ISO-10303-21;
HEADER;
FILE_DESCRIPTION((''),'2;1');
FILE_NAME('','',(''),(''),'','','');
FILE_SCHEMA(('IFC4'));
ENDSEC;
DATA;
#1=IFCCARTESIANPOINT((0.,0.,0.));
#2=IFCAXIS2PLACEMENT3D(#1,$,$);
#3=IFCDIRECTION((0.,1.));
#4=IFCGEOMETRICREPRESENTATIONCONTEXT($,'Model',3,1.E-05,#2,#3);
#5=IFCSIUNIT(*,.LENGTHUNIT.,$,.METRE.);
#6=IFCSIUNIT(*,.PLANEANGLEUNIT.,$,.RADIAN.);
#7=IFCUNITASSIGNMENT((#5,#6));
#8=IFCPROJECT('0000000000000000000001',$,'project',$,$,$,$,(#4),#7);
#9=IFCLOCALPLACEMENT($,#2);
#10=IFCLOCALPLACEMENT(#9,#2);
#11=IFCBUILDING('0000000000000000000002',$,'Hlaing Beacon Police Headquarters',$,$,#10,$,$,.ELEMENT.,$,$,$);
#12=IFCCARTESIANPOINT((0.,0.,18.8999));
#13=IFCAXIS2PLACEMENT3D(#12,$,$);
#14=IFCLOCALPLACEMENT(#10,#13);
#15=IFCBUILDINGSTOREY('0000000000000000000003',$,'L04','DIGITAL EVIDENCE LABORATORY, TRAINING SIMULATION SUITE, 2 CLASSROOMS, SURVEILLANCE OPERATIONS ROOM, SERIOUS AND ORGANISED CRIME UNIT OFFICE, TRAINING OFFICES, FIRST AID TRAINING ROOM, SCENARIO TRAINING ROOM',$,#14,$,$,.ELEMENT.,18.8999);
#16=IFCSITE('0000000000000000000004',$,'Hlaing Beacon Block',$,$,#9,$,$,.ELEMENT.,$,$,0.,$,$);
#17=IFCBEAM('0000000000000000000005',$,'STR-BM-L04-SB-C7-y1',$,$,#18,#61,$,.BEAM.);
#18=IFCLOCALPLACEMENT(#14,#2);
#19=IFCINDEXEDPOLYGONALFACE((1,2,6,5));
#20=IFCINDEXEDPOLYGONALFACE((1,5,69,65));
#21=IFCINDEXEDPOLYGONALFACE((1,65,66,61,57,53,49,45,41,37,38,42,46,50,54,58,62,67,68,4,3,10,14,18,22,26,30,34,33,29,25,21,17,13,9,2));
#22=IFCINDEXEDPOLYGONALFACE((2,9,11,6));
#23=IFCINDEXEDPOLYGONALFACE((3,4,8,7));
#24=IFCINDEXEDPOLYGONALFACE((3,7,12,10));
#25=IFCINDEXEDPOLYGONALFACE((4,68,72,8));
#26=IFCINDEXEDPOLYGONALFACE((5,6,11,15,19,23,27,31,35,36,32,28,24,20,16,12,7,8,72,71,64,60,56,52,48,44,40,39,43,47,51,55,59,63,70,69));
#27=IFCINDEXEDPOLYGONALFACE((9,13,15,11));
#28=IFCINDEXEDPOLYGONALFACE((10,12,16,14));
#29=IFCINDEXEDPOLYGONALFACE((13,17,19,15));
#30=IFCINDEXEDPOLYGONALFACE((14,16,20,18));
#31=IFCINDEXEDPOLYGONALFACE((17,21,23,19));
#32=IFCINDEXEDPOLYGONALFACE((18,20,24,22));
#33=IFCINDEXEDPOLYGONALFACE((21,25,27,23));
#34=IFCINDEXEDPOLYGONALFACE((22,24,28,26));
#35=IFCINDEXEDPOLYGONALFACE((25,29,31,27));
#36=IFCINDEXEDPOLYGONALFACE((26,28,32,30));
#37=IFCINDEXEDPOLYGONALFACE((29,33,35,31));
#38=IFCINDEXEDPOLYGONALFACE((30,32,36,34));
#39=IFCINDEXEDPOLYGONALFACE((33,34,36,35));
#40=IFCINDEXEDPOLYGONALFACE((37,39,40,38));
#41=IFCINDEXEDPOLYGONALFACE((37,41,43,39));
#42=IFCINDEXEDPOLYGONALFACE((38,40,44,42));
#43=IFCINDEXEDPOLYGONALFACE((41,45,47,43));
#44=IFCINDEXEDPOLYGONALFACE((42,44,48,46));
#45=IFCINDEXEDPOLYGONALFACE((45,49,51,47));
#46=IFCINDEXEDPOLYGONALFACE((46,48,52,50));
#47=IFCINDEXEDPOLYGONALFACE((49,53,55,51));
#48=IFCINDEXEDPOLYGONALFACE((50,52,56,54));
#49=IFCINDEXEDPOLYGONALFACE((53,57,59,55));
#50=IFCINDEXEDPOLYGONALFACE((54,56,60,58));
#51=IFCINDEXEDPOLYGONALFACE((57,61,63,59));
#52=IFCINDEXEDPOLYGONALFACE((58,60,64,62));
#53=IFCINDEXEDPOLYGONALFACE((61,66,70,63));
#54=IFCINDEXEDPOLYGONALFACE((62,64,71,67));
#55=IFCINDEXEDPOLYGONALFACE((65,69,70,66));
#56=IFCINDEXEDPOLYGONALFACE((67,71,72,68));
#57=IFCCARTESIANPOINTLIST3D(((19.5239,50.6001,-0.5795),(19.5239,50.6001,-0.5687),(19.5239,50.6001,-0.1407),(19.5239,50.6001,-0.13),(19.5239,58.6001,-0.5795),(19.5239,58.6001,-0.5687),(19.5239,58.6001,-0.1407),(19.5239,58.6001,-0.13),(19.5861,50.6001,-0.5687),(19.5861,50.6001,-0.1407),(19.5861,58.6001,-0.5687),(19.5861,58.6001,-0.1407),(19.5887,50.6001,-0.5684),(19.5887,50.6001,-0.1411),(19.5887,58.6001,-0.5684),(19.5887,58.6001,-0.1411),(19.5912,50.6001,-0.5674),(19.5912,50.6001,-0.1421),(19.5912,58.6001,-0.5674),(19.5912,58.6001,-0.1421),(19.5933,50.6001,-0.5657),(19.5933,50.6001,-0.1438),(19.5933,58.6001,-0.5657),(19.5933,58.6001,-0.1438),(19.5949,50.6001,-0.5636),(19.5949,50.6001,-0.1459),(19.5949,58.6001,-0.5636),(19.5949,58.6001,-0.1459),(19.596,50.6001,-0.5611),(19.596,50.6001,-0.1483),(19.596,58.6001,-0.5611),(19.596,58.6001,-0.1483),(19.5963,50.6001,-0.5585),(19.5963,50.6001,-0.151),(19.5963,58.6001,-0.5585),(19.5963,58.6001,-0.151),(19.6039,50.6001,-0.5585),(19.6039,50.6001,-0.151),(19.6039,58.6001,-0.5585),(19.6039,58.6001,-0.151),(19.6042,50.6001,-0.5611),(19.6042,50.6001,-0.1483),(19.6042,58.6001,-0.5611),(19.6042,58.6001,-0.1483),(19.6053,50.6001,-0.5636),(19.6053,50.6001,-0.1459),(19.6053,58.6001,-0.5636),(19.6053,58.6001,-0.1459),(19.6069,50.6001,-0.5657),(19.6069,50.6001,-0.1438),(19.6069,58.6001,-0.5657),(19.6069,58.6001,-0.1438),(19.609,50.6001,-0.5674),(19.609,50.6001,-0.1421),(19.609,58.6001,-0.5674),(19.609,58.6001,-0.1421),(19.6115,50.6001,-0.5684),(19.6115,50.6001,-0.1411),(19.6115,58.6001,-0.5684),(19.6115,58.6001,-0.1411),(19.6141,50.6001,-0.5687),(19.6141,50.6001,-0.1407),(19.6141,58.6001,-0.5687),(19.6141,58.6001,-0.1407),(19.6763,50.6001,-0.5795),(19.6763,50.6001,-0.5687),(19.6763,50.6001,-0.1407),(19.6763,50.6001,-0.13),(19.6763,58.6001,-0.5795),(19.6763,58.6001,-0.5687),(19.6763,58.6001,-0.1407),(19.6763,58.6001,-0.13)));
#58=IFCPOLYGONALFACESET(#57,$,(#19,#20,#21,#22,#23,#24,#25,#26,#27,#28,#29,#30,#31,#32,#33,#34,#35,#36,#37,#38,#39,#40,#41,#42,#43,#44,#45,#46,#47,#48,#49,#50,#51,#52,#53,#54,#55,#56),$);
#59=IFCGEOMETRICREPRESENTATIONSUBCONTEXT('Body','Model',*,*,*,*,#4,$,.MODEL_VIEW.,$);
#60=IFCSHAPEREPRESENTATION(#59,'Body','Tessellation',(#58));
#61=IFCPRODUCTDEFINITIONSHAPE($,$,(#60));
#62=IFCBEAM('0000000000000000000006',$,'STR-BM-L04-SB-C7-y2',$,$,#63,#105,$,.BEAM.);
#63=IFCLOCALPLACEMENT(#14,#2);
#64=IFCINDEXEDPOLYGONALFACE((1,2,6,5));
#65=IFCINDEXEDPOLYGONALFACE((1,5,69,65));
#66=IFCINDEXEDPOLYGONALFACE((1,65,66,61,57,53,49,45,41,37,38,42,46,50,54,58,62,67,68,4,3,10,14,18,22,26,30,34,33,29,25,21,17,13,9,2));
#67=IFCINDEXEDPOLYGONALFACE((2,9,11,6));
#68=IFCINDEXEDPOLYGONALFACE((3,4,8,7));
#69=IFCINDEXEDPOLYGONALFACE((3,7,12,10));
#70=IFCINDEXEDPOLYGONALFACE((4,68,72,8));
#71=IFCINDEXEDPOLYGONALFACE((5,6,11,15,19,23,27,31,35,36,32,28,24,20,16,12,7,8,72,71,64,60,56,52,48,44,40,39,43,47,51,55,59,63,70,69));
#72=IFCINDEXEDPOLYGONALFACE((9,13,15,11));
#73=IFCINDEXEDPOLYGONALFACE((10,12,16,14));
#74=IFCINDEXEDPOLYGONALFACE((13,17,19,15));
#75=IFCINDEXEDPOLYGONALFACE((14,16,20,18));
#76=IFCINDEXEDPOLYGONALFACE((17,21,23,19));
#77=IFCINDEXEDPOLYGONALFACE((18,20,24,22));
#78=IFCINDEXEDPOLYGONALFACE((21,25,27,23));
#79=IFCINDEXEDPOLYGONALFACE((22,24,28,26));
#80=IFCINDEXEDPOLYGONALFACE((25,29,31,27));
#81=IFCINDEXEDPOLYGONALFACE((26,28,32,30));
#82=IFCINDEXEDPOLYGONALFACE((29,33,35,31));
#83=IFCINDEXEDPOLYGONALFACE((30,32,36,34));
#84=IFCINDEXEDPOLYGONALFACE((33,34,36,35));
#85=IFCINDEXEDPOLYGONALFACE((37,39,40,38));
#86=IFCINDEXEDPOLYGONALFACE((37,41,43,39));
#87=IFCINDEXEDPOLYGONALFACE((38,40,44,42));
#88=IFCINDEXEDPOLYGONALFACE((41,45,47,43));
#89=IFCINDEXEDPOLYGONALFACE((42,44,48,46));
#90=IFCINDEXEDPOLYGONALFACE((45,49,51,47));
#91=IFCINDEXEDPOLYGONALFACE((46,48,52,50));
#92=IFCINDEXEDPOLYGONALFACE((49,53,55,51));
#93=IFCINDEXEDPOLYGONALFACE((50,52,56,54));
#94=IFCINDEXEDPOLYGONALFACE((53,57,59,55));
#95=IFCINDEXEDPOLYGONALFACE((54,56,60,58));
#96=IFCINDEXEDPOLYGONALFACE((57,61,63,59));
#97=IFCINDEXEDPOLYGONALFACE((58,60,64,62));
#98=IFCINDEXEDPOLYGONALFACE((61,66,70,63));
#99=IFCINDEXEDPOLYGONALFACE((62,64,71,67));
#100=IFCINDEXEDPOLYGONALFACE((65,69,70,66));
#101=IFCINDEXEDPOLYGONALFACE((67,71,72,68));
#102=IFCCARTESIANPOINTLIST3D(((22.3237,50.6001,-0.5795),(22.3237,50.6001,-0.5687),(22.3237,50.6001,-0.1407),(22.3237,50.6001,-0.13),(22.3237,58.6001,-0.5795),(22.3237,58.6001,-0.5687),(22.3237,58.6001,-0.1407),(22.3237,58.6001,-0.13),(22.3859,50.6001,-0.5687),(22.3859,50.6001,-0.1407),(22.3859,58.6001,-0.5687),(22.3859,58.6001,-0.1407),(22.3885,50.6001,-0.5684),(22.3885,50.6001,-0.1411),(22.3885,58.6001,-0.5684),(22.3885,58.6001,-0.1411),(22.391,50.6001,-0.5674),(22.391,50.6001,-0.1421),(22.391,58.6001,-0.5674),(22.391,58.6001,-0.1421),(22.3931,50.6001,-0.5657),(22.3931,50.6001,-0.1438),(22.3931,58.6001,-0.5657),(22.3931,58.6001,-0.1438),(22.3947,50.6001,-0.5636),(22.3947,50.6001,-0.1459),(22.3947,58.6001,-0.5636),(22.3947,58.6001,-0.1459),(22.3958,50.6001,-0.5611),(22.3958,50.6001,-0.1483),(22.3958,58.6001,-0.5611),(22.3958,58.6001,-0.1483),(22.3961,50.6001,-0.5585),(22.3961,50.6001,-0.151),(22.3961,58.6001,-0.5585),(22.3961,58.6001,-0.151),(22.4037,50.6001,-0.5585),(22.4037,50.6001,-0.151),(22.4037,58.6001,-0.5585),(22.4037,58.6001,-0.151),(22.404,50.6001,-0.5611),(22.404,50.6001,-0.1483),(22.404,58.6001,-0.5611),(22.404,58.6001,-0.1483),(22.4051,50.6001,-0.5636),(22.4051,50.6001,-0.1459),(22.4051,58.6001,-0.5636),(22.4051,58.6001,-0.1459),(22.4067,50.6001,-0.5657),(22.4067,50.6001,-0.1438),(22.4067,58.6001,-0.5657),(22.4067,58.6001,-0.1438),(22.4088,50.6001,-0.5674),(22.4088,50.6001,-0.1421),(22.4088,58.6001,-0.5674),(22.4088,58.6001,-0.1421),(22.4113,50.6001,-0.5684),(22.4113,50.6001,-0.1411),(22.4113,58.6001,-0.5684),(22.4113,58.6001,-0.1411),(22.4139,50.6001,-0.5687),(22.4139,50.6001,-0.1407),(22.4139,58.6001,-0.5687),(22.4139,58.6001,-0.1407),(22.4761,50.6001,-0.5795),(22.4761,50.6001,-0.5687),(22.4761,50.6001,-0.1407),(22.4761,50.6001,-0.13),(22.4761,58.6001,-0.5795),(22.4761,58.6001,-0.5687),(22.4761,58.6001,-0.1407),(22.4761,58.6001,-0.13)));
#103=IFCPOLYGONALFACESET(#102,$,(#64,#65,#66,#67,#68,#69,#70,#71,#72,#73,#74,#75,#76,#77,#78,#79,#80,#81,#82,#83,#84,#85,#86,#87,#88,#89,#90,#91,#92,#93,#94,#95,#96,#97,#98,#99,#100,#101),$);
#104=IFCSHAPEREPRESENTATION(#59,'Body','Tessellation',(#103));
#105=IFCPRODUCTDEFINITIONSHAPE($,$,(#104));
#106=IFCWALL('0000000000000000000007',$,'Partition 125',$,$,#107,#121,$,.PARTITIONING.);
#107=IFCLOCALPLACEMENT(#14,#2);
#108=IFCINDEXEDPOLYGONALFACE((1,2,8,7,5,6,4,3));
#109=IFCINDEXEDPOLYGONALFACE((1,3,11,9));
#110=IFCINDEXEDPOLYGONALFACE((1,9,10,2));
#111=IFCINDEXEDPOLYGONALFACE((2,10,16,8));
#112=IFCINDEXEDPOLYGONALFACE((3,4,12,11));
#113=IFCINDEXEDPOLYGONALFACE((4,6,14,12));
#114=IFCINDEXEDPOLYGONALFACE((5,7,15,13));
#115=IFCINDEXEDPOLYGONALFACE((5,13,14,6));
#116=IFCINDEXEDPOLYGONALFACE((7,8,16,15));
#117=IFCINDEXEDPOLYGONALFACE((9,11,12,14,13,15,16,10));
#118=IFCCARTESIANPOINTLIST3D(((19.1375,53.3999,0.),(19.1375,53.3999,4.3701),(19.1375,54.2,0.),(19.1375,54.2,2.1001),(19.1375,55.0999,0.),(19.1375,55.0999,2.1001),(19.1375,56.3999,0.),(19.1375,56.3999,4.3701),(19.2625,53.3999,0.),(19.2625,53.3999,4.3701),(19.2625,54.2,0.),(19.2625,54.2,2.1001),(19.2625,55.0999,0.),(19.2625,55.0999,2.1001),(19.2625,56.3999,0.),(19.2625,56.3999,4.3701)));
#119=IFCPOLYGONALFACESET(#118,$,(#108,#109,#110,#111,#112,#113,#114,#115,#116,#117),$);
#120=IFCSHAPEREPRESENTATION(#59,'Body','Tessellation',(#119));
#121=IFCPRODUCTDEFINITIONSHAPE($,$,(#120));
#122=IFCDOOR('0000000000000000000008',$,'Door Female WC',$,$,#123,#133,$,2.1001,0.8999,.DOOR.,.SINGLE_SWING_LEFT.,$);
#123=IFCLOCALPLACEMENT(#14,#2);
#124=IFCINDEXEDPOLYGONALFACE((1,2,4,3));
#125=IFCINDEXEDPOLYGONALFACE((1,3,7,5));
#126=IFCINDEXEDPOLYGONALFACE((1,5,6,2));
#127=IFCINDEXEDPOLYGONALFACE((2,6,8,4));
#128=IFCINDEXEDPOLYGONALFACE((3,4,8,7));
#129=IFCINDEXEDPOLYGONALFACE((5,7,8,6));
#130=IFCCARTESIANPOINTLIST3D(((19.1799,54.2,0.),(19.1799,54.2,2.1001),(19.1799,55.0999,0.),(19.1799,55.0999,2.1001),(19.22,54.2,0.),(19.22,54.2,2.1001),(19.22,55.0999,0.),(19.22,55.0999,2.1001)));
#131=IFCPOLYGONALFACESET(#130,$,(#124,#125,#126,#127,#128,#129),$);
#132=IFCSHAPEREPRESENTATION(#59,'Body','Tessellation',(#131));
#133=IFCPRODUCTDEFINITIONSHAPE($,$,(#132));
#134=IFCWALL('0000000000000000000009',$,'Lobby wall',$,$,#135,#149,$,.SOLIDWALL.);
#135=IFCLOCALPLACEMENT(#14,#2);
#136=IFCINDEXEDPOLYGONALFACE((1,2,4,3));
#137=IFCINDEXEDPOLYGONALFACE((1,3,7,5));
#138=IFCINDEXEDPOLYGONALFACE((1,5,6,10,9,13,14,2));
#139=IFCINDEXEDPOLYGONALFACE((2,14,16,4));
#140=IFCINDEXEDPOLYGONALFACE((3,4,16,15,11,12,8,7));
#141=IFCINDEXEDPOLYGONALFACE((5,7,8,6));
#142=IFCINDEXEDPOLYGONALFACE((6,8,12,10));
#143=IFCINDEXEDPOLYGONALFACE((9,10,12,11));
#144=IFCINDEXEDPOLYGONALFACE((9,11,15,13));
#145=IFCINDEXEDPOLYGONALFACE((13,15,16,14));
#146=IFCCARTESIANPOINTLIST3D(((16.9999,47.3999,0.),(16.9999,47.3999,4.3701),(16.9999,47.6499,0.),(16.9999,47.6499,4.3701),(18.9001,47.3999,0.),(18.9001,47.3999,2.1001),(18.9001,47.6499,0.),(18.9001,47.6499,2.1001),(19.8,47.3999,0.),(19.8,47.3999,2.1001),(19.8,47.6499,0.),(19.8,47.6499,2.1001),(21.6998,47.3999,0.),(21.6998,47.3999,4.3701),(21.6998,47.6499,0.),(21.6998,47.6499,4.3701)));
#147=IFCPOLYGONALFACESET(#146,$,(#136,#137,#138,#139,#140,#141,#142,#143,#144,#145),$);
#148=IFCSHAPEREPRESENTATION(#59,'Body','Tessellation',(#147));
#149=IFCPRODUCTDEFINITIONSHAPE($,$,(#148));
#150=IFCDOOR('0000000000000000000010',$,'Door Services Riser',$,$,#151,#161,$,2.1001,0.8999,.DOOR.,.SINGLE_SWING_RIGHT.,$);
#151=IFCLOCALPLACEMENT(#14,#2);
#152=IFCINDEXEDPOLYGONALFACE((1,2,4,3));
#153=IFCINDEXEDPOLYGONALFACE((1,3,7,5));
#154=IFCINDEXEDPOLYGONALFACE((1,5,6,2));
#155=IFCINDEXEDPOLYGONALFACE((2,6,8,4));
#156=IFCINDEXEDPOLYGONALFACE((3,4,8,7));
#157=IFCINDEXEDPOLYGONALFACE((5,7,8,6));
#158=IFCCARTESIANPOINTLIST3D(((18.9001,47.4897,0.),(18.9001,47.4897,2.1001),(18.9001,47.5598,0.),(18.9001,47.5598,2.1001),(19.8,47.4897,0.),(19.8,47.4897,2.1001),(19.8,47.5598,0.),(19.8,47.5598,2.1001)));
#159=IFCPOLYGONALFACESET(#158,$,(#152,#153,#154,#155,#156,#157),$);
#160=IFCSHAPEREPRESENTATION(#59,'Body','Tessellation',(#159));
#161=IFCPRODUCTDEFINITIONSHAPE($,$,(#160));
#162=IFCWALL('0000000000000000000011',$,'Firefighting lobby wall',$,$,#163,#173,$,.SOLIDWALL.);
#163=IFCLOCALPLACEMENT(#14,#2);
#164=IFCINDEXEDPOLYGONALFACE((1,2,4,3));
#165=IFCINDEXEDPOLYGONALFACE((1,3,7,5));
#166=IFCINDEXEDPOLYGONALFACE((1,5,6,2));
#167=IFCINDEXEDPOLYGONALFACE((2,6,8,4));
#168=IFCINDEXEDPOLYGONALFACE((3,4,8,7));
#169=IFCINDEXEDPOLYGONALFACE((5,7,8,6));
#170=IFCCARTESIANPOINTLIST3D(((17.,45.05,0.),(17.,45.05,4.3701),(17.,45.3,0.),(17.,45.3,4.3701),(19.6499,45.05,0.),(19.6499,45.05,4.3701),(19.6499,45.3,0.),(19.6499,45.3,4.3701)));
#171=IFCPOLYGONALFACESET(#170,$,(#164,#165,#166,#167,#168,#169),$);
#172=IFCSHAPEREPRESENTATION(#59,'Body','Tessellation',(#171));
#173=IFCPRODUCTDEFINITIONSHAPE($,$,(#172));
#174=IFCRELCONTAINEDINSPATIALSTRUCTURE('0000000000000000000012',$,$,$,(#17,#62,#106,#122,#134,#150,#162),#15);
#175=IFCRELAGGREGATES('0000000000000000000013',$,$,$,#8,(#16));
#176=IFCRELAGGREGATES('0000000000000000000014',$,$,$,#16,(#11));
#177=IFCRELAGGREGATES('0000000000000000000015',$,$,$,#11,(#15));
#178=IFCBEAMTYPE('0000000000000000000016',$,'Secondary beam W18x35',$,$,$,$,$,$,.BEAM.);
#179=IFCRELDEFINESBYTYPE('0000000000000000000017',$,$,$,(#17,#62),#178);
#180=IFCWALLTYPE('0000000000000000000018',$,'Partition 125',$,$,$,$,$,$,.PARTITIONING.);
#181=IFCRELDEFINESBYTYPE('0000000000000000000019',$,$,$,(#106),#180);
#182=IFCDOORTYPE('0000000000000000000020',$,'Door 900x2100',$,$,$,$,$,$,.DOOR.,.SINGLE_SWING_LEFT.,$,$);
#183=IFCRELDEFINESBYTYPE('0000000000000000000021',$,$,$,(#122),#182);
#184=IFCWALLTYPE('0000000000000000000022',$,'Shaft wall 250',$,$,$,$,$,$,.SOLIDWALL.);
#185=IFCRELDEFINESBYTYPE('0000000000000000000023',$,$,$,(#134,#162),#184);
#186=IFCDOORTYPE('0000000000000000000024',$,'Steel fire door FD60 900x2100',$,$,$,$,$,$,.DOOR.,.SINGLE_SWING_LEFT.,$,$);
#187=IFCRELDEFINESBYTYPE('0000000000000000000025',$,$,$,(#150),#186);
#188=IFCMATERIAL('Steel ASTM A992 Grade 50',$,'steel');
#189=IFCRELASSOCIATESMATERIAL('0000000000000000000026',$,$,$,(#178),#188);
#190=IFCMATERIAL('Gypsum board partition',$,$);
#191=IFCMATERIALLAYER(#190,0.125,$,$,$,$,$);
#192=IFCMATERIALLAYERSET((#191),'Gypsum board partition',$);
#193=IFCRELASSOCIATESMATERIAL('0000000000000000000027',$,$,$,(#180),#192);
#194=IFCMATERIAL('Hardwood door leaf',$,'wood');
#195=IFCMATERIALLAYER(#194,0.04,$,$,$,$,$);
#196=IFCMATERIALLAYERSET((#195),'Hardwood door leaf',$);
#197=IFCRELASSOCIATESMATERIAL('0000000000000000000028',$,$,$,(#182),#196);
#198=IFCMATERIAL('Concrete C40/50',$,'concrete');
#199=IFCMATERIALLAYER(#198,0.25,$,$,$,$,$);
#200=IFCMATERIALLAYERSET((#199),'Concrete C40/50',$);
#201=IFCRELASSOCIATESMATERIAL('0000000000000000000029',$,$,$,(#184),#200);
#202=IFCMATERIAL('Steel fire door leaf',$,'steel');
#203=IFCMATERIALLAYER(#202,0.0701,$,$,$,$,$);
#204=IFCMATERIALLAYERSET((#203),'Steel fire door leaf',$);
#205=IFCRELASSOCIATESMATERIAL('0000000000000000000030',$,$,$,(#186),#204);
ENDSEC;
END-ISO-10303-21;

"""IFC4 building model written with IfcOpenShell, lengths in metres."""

from ifc_helpers import new_model, si_unit, direction, frame, frame_2d, origin, origin_2d, place, context, subcontext, project, spatial, rectangle, i_section, extrude, material, layer, layer_set, material_profile, profile_set, type_object, element, fill, save


model = new_model("IFC4")

# Units and contexts
model_context = context("Model", 3, precision=1e-05, world=origin(), true_north=direction((0.0, 1.0)))
body_context = subcontext(model_context, "Body", "Model", "MODEL_VIEW")
ifc_project = project(units=[si_unit("LENGTHUNIT", "METRE"), si_unit("PLANEANGLEUNIT", "RADIAN")], contexts=[model_context])

# Site, building, storey
site_placement = place(None, origin())
site = spatial("IfcSite", under=ifc_project, at=site_placement, Name="Hlaing Beacon Block", CompositionType="ELEMENT", RefElevation=0.0)
building_placement = place(site_placement, origin())
building = spatial("IfcBuilding", under=site, at=building_placement, Name="Hlaing Beacon Police Headquarters", CompositionType="ELEMENT")
storey_placement = place(building_placement, frame((0.0, 0.0, 18.8999)))
storey = spatial("IfcBuildingStorey", under=building, at=storey_placement, Name="L04", Description="DIGITAL EVIDENCE LABORATORY, TRAINING SIMULATION SUITE, 2 CLASSROOMS, SURVEILLANCE OPERATIONS ROOM, SERIOUS AND ORGANISED CRIME UNIT OFFICE, TRAINING OFFICES, FIRST AID TRAINING ROOM, SCENARIO TRAINING ROOM", CompositionType="ELEMENT", Elevation=18.8999)

# Beams
ifc_material_1 = material(Name="Steel ASTM A992 Grade 50", Category="steel")
ifc_material_profile = material_profile(ifc_material_1, i_section(OverallWidth=0.1523, OverallDepth=0.4495, WebThickness=0.0076, FlangeThickness=0.0107, FilletRadius=0.0103, at=origin_2d()), Name="W18x35")
ifc_profile_set = profile_set([ifc_material_profile], Name="Steel ASTM A992 Grade 50")
beam_type = type_object("IfcBeamType", Name="Secondary beam W18x35", PredefinedType="BEAM", material=ifc_profile_set)
for number, where, z_axis, x_axis, name in (
    (1, (19.6001, 50.6001, -0.3547), (0.0, 1.0, 0.0), (-1.0, 0.0, 0.0), "STR-BM-L04-SB-C7-y1"),
    (2, (22.3999, 50.6001, -0.3547), (0.0, 1.0, 0.0), (-1.0, 0.0, 0.0), "STR-BM-L04-SB-C7-y2"),
):
    element("IfcBeam", number, at=place(storey_placement, frame(where, z_axis=z_axis, x_axis=x_axis)), inside=storey, type_object=beam_type, Name=name, PredefinedType="BEAM", context=body_context, shape_type="SweptSolid", body=[
        extrude(i_section(OverallWidth=0.1523, OverallDepth=0.4495, WebThickness=0.0076, FlangeThickness=0.0107, FilletRadius=0.0103, at=origin_2d()), origin(), (0.0, 0.0, 1.0), 8.0),
    ])

# Walls, openings, doors
ifc_material_2 = material(Name="Gypsum board partition")
ifc_layer_1 = layer(ifc_material_2, 0.125)
ifc_layer_set_1 = layer_set([ifc_layer_1], Name="Gypsum board partition")
wall_type_1 = type_object("IfcWallType", Name="Partition 125", PredefinedType="PARTITIONING", material=ifc_layer_set_1)
wall_1_placement = place(storey_placement, frame((19.2, 53.3999, 0.0), z_axis=(0.0, 0.0, 1.0), x_axis=(0.0, 1.0, 0.0)))
wall_1 = element("IfcWall", 3, at=wall_1_placement, inside=storey, type_object=wall_type_1, Name="Partition 125", PredefinedType="PARTITIONING", context=body_context, shape_type="SweptSolid", body=[
    extrude(rectangle(XDim=3.0, YDim=0.125, at=frame_2d((1.5, 0.0))), origin(), (0.0, 0.0, 1.0), 4.3701),
])
opening_1_placement = place(wall_1_placement, frame((0.8, 0.0, 0.0)))
opening_1 = element("IfcOpeningElement", 4, at=opening_1_placement, cuts=wall_1, PredefinedType="OPENING", context=body_context, shape_type="SweptSolid", body=[
    extrude(rectangle(XDim=0.8999, YDim=2.1001, at=frame_2d((0.45, 1.05))), frame((0.0, 0.0725, 0.0), z_axis=(0.0, -1.0, 0.0), x_axis=(1.0, 0.0, 0.0)), (0.0, 0.0, 1.0), 0.145),
])
ifc_material_3 = material(Name="Hardwood door leaf", Category="wood")
ifc_layer_2 = layer(ifc_material_3, 0.04)
ifc_layer_set_2 = layer_set([ifc_layer_2], Name="Hardwood door leaf")
door_type_1 = type_object("IfcDoorType", Name="Door 900x2100", OperationType="SINGLE_SWING_LEFT", PredefinedType="DOOR", material=ifc_layer_set_2)
door_1_placement = place(opening_1_placement, frame((0.8999, 0.0, 0.0), z_axis=(0.0, 0.0, 1.0), x_axis=(-1.0, 0.0, 0.0)))
door_1 = element("IfcDoor", 5, at=door_1_placement, inside=storey, type_object=door_type_1, Name="Door Female WC", OperationType="SINGLE_SWING_LEFT", OverallHeight=2.1001, OverallWidth=0.8999, PredefinedType="DOOR", context=body_context, shape_type="SweptSolid", body=[
    extrude(rectangle(XDim=0.8999, YDim=2.1001, at=frame_2d((0.45, 1.05))), frame((0.0, 0.02, 0.0), z_axis=(0.0, -1.0, 0.0), x_axis=(1.0, 0.0, 0.0)), (0.0, 0.0, 1.0), 0.04),
])
fill(opening_1, door_1)
ifc_material_4 = material(Name="Concrete C40/50", Category="concrete")
ifc_layer_3 = layer(ifc_material_4, 0.25)
ifc_layer_set_3 = layer_set([ifc_layer_3], Name="Concrete C40/50")
wall_type_2 = type_object("IfcWallType", Name="Shaft wall 250", PredefinedType="SOLIDWALL", material=ifc_layer_set_3)
wall_2_placement = place(storey_placement, frame((21.7, 47.5249, 0.0), z_axis=(0.0, 0.0, 1.0), x_axis=(-1.0, 0.0, 0.0)))
wall_2 = element("IfcWall", 6, at=wall_2_placement, inside=storey, type_object=wall_type_2, Name="Lobby wall", PredefinedType="SOLIDWALL", context=body_context, shape_type="SweptSolid", body=[
    extrude(rectangle(XDim=4.7, YDim=0.25, at=frame_2d((2.3501, 0.0))), origin(), (0.0, 0.0, 1.0), 4.3701),
])
opening_2_placement = place(wall_2_placement, frame((1.8999, 0.0, 0.0)))
opening_2 = element("IfcOpeningElement", 7, at=opening_2_placement, cuts=wall_2, PredefinedType="OPENING", context=body_context, shape_type="SweptSolid", body=[
    extrude(rectangle(XDim=0.8999, YDim=2.1001, at=frame_2d((0.45, 1.05))), frame((0.0, 0.135, 0.0), z_axis=(0.0, -1.0, 0.0), x_axis=(1.0, 0.0, 0.0)), (0.0, 0.0, 1.0), 0.27),
])
ifc_material_5 = material(Name="Steel fire door leaf", Category="steel")
ifc_layer_4 = layer(ifc_material_5, 0.0701)
ifc_layer_set_4 = layer_set([ifc_layer_4], Name="Steel fire door leaf")
door_type_2 = type_object("IfcDoorType", Name="Steel fire door FD60 900x2100", OperationType="SINGLE_SWING_LEFT", PredefinedType="DOOR", material=ifc_layer_set_4)
door_2_placement = place(opening_2_placement, frame((0.8999, 0.0, 0.0), z_axis=(0.0, 0.0, 1.0), x_axis=(-1.0, 0.0, 0.0)))
door_2 = element("IfcDoor", 8, at=door_2_placement, inside=storey, type_object=door_type_2, Name="Door Services Riser", OperationType="SINGLE_SWING_RIGHT", OverallHeight=2.1001, OverallWidth=0.8999, PredefinedType="DOOR", context=body_context, shape_type="SweptSolid", body=[
    extrude(rectangle(XDim=0.8999, YDim=2.1001, at=frame_2d((0.45, 1.05))), frame((0.0, 0.0349, 0.0), z_axis=(0.0, -1.0, 0.0), x_axis=(1.0, 0.0, 0.0)), (0.0, 0.0, 1.0), 0.0701),
])
fill(opening_2, door_2)

# Wall
wall_3_placement = place(storey_placement, frame((19.6499, 45.175, 0.0), z_axis=(0.0, 0.0, 1.0), x_axis=(-1.0, 0.0, 0.0)))
element("IfcWall", 9, at=wall_3_placement, inside=storey, type_object=wall_type_2, Name="Firefighting lobby wall", PredefinedType="SOLIDWALL", context=body_context, shape_type="SweptSolid", body=[
    extrude(rectangle(XDim=2.6499, YDim=0.25, at=frame_2d((1.325, 0.0))), origin(), (0.0, 0.0, 1.0), 4.3701),
])

save(model, "model.ifc")
